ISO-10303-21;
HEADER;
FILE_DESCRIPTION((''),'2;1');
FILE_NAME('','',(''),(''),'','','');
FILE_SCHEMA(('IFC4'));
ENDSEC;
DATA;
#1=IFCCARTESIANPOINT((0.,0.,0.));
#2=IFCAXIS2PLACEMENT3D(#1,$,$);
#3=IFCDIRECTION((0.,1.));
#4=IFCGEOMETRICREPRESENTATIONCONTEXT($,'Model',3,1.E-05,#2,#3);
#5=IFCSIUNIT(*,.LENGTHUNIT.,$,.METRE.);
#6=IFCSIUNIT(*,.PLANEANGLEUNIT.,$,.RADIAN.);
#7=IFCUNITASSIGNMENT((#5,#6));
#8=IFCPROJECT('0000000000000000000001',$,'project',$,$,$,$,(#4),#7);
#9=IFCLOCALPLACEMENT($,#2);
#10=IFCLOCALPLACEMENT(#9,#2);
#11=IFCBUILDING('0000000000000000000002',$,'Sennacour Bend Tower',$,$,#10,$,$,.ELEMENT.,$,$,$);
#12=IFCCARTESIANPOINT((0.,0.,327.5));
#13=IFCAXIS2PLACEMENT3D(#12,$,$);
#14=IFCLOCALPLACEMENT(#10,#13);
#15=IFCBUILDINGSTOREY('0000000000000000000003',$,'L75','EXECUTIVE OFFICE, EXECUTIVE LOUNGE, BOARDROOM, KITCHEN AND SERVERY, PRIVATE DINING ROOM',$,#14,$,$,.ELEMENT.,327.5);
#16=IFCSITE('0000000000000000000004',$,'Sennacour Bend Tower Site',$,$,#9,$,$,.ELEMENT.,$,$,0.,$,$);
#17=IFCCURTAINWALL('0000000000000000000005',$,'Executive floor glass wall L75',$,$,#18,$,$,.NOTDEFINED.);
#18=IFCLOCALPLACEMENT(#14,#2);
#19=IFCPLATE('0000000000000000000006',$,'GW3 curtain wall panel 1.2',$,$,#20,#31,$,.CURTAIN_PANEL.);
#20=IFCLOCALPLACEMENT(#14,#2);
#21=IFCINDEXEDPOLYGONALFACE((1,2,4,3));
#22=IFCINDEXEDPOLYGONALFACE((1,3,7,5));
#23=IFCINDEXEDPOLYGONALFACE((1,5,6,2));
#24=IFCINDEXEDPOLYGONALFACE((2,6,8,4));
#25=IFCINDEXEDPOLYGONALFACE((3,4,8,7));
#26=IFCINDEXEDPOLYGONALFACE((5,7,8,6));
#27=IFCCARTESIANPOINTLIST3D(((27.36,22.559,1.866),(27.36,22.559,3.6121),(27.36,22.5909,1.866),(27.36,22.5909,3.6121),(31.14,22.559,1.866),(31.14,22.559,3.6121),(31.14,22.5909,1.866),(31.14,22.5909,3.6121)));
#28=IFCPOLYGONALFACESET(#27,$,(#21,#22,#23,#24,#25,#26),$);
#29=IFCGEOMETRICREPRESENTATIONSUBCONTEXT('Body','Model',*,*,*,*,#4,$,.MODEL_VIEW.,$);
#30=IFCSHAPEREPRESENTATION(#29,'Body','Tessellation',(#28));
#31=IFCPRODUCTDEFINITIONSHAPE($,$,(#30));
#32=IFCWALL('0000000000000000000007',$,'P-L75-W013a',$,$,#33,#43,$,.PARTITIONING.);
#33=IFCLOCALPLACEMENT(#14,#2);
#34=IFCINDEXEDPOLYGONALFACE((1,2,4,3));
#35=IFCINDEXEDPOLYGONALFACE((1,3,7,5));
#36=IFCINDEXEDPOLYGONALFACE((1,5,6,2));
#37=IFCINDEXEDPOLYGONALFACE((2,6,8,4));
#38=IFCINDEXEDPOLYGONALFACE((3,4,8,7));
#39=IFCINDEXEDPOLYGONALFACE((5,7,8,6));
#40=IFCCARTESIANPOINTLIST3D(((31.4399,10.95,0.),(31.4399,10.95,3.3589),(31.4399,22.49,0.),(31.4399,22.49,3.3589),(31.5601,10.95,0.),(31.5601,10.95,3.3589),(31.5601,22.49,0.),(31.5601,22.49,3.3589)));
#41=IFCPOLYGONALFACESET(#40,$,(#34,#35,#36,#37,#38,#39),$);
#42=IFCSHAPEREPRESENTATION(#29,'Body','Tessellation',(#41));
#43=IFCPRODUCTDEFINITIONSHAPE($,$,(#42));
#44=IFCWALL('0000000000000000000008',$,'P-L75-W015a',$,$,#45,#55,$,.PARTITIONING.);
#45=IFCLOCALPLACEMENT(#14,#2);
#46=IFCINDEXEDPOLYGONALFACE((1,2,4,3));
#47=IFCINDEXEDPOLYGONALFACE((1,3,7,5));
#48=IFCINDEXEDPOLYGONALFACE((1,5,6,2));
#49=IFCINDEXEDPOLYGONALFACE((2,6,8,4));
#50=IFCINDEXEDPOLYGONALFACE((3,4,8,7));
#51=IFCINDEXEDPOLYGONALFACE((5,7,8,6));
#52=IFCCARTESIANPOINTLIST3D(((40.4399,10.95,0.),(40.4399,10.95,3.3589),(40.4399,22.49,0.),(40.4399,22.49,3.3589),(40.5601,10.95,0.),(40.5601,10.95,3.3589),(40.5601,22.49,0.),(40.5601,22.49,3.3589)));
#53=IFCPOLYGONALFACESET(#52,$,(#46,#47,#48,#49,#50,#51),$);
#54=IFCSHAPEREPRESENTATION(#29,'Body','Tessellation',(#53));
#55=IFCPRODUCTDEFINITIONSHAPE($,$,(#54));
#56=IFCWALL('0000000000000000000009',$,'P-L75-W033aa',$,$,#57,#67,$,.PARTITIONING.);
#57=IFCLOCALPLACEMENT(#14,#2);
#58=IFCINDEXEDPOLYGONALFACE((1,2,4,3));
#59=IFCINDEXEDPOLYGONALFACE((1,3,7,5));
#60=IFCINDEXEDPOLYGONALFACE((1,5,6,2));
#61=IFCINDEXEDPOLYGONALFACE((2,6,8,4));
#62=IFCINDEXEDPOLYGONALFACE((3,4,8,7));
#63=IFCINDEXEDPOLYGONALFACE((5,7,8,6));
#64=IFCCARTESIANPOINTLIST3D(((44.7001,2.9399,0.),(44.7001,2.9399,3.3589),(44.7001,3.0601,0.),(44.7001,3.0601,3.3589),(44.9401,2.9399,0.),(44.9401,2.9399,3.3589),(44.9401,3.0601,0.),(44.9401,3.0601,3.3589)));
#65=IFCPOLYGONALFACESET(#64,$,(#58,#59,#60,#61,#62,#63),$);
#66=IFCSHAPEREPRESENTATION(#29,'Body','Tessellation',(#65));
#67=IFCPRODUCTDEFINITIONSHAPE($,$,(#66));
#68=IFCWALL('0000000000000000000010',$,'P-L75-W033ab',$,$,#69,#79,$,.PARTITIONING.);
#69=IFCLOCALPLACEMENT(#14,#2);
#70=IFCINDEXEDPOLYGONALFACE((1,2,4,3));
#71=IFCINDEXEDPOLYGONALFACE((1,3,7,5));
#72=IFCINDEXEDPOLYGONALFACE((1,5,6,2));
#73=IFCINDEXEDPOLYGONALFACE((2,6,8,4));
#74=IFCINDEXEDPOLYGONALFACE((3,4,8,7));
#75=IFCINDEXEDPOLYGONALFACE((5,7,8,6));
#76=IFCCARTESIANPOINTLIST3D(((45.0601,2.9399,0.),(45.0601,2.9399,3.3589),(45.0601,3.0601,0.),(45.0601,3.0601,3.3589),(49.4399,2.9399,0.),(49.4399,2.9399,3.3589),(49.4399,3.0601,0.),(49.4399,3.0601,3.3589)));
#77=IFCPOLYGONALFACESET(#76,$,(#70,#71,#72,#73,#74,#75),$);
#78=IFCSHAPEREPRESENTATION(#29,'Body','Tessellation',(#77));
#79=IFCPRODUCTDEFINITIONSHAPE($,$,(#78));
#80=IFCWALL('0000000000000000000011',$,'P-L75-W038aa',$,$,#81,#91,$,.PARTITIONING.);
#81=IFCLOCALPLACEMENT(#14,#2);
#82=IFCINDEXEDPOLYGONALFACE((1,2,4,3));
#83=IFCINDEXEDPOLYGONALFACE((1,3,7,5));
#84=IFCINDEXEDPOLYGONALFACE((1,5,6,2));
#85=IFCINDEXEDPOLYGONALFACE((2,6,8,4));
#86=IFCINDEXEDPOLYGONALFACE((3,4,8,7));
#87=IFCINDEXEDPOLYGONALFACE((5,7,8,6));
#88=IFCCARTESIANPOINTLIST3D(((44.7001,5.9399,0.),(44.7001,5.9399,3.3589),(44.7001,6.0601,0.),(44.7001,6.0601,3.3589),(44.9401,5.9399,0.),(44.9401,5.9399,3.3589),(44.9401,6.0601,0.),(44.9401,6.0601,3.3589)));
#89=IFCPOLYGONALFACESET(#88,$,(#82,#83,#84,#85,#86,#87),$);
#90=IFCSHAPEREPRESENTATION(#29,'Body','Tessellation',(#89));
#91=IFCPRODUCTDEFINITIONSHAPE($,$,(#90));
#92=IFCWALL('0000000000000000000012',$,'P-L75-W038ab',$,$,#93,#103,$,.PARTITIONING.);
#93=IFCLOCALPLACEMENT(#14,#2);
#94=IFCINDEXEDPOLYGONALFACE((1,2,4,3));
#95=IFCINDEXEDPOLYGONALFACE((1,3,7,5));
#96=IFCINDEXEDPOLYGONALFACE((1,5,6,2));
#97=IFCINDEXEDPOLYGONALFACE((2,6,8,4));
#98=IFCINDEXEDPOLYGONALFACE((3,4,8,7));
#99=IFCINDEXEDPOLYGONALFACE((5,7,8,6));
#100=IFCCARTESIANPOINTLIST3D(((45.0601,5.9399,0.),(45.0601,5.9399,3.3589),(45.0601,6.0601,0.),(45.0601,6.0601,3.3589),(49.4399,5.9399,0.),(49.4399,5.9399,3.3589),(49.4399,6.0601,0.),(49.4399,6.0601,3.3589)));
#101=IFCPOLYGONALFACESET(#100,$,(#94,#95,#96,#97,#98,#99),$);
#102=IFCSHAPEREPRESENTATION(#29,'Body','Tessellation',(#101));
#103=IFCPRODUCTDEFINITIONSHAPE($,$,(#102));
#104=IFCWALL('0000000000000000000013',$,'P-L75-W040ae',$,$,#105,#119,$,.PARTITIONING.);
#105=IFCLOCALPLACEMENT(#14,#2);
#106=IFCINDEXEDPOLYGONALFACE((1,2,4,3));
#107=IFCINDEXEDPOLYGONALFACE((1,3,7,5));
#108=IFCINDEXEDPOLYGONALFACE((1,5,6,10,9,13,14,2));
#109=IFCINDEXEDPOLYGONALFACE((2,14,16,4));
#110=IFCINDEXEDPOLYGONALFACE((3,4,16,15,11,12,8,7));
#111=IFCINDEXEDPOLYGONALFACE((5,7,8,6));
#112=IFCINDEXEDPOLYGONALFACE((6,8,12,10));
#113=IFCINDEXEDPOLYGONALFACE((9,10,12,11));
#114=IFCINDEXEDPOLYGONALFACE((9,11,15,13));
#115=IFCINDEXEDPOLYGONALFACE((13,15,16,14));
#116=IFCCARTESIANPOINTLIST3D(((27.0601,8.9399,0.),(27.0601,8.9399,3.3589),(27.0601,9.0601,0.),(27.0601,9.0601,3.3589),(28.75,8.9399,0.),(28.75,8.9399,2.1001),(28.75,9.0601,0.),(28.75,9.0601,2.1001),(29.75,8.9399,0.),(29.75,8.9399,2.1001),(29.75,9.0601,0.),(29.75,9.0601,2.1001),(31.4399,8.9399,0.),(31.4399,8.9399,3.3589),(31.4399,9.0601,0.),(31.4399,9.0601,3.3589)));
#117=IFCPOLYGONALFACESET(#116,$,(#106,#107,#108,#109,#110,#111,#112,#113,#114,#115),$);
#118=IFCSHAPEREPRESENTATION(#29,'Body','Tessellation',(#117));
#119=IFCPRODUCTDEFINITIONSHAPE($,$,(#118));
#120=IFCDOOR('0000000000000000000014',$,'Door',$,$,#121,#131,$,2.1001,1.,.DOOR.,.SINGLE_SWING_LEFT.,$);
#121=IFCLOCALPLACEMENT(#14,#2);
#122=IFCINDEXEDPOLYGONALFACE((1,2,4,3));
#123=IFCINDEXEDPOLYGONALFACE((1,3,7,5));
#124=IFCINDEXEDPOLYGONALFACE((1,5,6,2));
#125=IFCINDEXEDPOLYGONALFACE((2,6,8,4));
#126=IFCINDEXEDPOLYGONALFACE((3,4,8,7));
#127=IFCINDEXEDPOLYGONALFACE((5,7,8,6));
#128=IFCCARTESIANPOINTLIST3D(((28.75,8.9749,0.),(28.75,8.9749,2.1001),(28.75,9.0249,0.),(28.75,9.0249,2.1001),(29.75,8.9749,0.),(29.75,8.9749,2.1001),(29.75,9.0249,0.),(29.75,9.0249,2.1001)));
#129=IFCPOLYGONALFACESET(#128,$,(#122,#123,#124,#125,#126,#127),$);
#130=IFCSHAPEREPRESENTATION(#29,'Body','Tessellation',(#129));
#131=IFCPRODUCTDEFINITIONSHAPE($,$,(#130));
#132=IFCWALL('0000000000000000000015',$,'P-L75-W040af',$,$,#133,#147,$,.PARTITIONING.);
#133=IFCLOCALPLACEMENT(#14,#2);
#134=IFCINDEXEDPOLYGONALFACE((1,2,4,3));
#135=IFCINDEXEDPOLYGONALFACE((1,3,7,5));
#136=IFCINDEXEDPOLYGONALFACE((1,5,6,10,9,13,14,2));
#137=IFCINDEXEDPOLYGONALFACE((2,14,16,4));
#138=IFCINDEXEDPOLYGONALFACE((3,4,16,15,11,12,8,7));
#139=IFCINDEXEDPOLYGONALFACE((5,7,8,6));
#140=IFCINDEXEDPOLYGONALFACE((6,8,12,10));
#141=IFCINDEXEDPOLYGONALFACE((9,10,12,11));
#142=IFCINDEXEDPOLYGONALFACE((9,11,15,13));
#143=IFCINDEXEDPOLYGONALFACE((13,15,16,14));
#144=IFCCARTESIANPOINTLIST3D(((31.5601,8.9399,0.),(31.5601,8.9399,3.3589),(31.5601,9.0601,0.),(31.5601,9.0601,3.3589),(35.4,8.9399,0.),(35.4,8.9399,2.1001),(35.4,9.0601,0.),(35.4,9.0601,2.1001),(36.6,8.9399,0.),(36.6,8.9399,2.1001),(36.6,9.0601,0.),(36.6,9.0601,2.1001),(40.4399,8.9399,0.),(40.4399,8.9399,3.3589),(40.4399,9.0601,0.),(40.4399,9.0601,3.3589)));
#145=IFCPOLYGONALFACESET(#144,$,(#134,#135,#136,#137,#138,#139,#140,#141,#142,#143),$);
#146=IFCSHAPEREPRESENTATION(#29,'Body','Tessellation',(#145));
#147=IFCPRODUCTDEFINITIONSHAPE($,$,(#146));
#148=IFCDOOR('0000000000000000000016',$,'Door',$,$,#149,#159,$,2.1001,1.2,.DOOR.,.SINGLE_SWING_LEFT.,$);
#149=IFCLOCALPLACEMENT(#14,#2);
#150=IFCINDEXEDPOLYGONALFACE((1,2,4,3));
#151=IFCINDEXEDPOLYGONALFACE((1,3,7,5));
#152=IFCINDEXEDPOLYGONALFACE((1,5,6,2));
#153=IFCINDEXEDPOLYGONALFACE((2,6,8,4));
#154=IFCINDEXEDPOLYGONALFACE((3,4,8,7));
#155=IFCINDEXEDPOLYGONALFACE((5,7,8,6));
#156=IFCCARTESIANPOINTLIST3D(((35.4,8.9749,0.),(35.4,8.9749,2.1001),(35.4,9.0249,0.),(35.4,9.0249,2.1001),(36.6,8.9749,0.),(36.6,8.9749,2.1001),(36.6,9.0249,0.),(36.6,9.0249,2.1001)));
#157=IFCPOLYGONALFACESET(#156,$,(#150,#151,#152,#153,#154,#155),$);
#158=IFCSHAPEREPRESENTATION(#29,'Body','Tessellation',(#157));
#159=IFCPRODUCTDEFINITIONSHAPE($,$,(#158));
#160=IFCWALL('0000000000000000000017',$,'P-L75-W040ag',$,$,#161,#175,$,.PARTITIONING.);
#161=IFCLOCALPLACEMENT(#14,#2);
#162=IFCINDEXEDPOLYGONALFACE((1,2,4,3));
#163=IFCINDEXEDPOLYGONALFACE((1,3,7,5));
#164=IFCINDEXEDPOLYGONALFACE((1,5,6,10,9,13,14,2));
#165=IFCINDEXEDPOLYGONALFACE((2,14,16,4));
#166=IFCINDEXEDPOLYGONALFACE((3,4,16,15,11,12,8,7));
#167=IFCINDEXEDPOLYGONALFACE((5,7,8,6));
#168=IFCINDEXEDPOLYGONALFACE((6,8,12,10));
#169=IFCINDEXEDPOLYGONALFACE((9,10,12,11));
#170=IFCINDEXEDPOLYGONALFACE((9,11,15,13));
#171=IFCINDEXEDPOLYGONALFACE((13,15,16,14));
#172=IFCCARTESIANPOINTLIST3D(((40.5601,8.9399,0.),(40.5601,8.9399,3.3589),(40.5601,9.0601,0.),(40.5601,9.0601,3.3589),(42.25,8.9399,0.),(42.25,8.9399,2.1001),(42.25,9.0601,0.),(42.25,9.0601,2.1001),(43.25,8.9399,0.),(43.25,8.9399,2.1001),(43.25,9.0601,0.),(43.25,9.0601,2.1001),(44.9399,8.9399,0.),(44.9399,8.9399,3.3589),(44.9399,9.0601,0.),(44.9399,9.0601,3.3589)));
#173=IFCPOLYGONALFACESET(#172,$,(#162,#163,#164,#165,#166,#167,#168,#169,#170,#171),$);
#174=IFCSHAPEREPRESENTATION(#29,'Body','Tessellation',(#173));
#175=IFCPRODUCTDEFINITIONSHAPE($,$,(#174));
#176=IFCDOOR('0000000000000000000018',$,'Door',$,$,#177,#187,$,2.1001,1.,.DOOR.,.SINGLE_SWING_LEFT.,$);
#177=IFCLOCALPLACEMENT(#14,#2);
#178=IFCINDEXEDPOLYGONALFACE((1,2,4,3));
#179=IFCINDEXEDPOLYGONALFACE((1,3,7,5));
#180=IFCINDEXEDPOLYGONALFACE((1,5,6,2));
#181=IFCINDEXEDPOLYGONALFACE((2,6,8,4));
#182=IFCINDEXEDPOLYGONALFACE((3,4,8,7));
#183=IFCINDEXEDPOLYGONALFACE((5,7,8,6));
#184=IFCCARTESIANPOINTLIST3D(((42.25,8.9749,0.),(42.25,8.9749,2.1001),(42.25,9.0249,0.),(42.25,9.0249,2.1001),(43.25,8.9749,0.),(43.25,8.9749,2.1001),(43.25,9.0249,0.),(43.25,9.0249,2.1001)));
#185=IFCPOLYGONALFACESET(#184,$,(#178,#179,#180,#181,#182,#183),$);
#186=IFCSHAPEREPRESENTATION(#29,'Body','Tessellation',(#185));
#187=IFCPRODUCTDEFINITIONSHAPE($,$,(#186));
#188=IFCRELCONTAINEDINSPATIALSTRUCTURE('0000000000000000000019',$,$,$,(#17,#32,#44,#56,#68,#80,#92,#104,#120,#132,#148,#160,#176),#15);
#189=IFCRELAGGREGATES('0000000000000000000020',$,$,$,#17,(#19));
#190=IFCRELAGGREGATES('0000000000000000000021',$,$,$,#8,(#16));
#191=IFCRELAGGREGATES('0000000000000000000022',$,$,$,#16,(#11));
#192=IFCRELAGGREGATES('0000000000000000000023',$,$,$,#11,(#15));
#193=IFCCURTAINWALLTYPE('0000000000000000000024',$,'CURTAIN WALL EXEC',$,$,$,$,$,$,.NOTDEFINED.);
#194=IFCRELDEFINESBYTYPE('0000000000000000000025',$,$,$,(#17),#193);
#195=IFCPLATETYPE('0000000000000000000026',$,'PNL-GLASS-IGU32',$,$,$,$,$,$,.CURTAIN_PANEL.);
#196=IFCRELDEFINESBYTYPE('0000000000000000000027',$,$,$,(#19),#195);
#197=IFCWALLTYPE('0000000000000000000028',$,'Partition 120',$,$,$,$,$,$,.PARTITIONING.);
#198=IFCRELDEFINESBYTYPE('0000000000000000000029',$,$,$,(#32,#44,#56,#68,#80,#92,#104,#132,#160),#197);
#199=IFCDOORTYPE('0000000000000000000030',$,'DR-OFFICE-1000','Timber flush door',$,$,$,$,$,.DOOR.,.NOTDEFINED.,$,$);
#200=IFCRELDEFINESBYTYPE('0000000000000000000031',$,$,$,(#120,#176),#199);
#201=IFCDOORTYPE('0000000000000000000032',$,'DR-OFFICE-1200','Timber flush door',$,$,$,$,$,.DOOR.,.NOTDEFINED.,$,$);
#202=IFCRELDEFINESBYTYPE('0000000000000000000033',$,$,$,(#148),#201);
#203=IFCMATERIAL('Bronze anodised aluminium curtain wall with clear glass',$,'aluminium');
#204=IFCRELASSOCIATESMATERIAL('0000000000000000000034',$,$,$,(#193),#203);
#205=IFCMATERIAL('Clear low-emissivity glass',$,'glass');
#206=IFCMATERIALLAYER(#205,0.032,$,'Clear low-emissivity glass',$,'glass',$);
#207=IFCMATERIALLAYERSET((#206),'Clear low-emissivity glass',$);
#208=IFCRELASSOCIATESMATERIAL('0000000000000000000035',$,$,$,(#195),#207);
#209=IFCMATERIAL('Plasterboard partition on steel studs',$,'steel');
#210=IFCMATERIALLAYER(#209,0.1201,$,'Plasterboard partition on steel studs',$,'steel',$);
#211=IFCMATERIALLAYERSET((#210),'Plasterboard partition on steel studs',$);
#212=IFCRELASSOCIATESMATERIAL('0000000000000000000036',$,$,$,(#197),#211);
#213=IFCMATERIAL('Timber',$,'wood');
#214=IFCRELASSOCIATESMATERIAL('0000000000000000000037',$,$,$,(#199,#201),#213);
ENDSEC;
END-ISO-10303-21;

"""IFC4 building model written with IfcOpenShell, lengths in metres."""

from ifc_helpers import new_model, si_unit, direction, frame, frame_2d, origin, origin_2d, place, context, subcontext, project, spatial, rectangle, extrude, material, layer, layer_set, type_object, element, fill, aggregate, save


model = new_model("IFC4")

# Units and contexts
model_context = context("Model", 3, precision=1e-05, world=origin(), true_north=direction((0.0, 1.0)))
body_context = subcontext(model_context, "Body", "Model", "MODEL_VIEW")
ifc_project = project(units=[si_unit("LENGTHUNIT", "METRE"), si_unit("PLANEANGLEUNIT", "RADIAN")], contexts=[model_context])

# Site, building, storey
site_placement = place(None, origin())
site = spatial("IfcSite", under=ifc_project, at=site_placement, Name="Sennacour Bend Tower Site", CompositionType="ELEMENT", RefElevation=0.0)
building_placement = place(site_placement, origin())
building = spatial("IfcBuilding", under=site, at=building_placement, Name="Sennacour Bend Tower", CompositionType="ELEMENT")
storey_placement = place(building_placement, frame((0.0, 0.0, 327.5)))
storey = spatial("IfcBuildingStorey", under=building, at=storey_placement, Name="L75", Description="EXECUTIVE OFFICE, EXECUTIVE LOUNGE, BOARDROOM, KITCHEN AND SERVERY, PRIVATE DINING ROOM", CompositionType="ELEMENT", Elevation=327.5)

# Curtain wall
ifc_material_1 = material(Name="Bronze anodised aluminium curtain wall with clear glass", Category="aluminium")
curtain_wall_type = type_object("IfcCurtainWallType", Name="CURTAIN WALL EXEC", PredefinedType="NOTDEFINED", material=ifc_material_1)
curtain_wall_placement = place(storey_placement, origin())
curtain_wall = element("IfcCurtainWall", 1, at=curtain_wall_placement, inside=storey, type_object=curtain_wall_type, Name="Executive floor glass wall L75", PredefinedType="NOTDEFINED")

# Plate
ifc_material_2 = material(Name="Clear low-emissivity glass", Category="glass")
ifc_layer_1 = layer(ifc_material_2, 0.032, Name="Clear low-emissivity glass", Category="glass")
ifc_layer_set_1 = layer_set([ifc_layer_1], Name="Clear low-emissivity glass")
plate_type = type_object("IfcPlateType", Name="PNL-GLASS-IGU32", PredefinedType="CURTAIN_PANEL", material=ifc_layer_set_1)
plate_1_placement = place(storey_placement, frame((29.25, 22.575, 1.866), z_axis=(0.0, 0.0, 1.0), x_axis=(-1.0, 0.0, 0.0)))
plate_1 = element("IfcPlate", 2, at=plate_1_placement, type_object=plate_type, Name="GW3 curtain wall panel 1.2", PredefinedType="CURTAIN_PANEL", context=body_context, shape_type="SweptSolid", body=[
    extrude(rectangle(XDim=3.78, YDim=0.032, at=origin_2d()), origin(), (0.0, 0.0, 1.0), 1.7461),
])
aggregate(curtain_wall, [plate_1])

# Walls
ifc_material_3 = material(Name="Plasterboard partition on steel studs", Category="steel")
ifc_layer_2 = layer(ifc_material_3, 0.1201, Name="Plasterboard partition on steel studs", Category="steel")
ifc_layer_set_2 = layer_set([ifc_layer_2], Name="Plasterboard partition on steel studs")
wall_type_1 = type_object("IfcWallType", Name="Partition 120", PredefinedType="PARTITIONING", material=ifc_layer_set_2)
for number, where, z_axis, x_axis, name in (
    (3, (31.5, 10.95, 0.0), (0.0, 0.0, 1.0), (0.0, 1.0, 0.0), "P-L75-W013a"),
    (4, (40.5, 10.95, 0.0), (0.0, 0.0, 1.0), (0.0, 1.0, 0.0), "P-L75-W015a"),
):
    element("IfcWall", number, at=place(storey_placement, frame(where, z_axis=z_axis, x_axis=x_axis)), inside=storey, type_object=wall_type_1, Name=name, PredefinedType="PARTITIONING", context=body_context, shape_type="SweptSolid", body=[
        extrude(rectangle(XDim=11.54, YDim=0.1201, at=frame_2d((5.77, 0.0))), origin(), (0.0, 0.0, 1.0), 3.3589),
    ])
wall_1_placement = place(storey_placement, frame((44.7, 3.0, 0.0), z_axis=(0.0, 0.0, 1.0), x_axis=(1.0, 0.0, 0.0)))
element("IfcWall", 5, at=wall_1_placement, inside=storey, type_object=wall_type_1, Name="P-L75-W033aa", PredefinedType="PARTITIONING", context=body_context, shape_type="SweptSolid", body=[
    extrude(rectangle(XDim=0.24, YDim=0.1201, at=frame_2d((0.1201, 0.0))), origin(), (0.0, 0.0, 1.0), 3.3589),
])
wall_2_placement = place(storey_placement, frame((45.0601, 3.0, 0.0), z_axis=(0.0, 0.0, 1.0), x_axis=(1.0, 0.0, 0.0)))
element("IfcWall", 6, at=wall_2_placement, inside=storey, type_object=wall_type_1, Name="P-L75-W033ab", PredefinedType="PARTITIONING", context=body_context, shape_type="SweptSolid", body=[
    extrude(rectangle(XDim=4.3799, YDim=0.1201, at=frame_2d((2.1899, 0.0))), origin(), (0.0, 0.0, 1.0), 3.3589),
])
wall_3_placement = place(storey_placement, frame((44.7, 6.0, 0.0), z_axis=(0.0, 0.0, 1.0), x_axis=(1.0, 0.0, 0.0)))
element("IfcWall", 7, at=wall_3_placement, inside=storey, type_object=wall_type_1, Name="P-L75-W038aa", PredefinedType="PARTITIONING", context=body_context, shape_type="SweptSolid", body=[
    extrude(rectangle(XDim=0.24, YDim=0.1201, at=frame_2d((0.1201, 0.0))), origin(), (0.0, 0.0, 1.0), 3.3589),
])
wall_4_placement = place(storey_placement, frame((45.0601, 6.0, 0.0), z_axis=(0.0, 0.0, 1.0), x_axis=(1.0, 0.0, 0.0)))
element("IfcWall", 8, at=wall_4_placement, inside=storey, type_object=wall_type_1, Name="P-L75-W038ab", PredefinedType="PARTITIONING", context=body_context, shape_type="SweptSolid", body=[
    extrude(rectangle(XDim=4.3799, YDim=0.1201, at=frame_2d((2.1899, 0.0))), origin(), (0.0, 0.0, 1.0), 3.3589),
])

# Walls, openings, doors
wall_5_placement = place(storey_placement, frame((27.0601, 9.0, 0.0), z_axis=(0.0, 0.0, 1.0), x_axis=(1.0, 0.0, 0.0)))
wall_5 = element("IfcWall", 9, at=wall_5_placement, inside=storey, type_object=wall_type_1, Name="P-L75-W040ae", PredefinedType="PARTITIONING", context=body_context, shape_type="SweptSolid", body=[
    extrude(rectangle(XDim=4.3799, YDim=0.1201, at=frame_2d((2.1899, 0.0))), origin(), (0.0, 0.0, 1.0), 3.3589),
])
opening_1_placement = place(wall_5_placement, frame((1.6899, 0.0, 0.0)))
opening_1 = element("IfcOpeningElement", 10, at=opening_1_placement, cuts=wall_5, PredefinedType="OPENING", context=body_context, shape_type="SweptSolid", body=[
    extrude(rectangle(XDim=1.0, YDim=2.1001, at=frame_2d((0.5, 1.05))), frame((0.0, 0.0701, 0.0), z_axis=(0.0, -1.0, 0.0), x_axis=(1.0, 0.0, 0.0)), (0.0, 0.0, 1.0), 0.1401),
])
ifc_material_4 = material(Name="Timber", Category="wood")
door_type_1 = type_object("IfcDoorType", Name="DR-OFFICE-1000", Description="Timber flush door", OperationType="NOTDEFINED", PredefinedType="DOOR", material=ifc_material_4)
door_1_placement = place(opening_1_placement, origin())
door_1 = element("IfcDoor", 11, at=door_1_placement, inside=storey, type_object=door_type_1, Name="Door", OperationType="SINGLE_SWING_LEFT", OverallHeight=2.1001, OverallWidth=1.0, PredefinedType="DOOR", context=body_context, shape_type="SweptSolid", body=[
    extrude(rectangle(XDim=1.0, YDim=2.1001, at=frame_2d((0.5, 1.05))), frame((0.0, 0.0249, 0.0), z_axis=(0.0, -1.0, 0.0), x_axis=(1.0, 0.0, 0.0)), (0.0, 0.0, 1.0), 0.05),
])
fill(opening_1, door_1)
wall_6_placement = place(storey_placement, frame((31.5601, 9.0, 0.0), z_axis=(0.0, 0.0, 1.0), x_axis=(1.0, 0.0, 0.0)))
wall_6 = element("IfcWall", 12, at=wall_6_placement, inside=storey, type_object=wall_type_1, Name="P-L75-W040af", PredefinedType="PARTITIONING", context=body_context, shape_type="SweptSolid", body=[
    extrude(rectangle(XDim=8.8799, YDim=0.1201, at=frame_2d((4.4399, 0.0))), origin(), (0.0, 0.0, 1.0), 3.3589),
])
opening_2_placement = place(wall_6_placement, frame((3.8398, 0.0, 0.0)))
opening_2 = element("IfcOpeningElement", 13, at=opening_2_placement, cuts=wall_6, PredefinedType="OPENING", context=body_context, shape_type="SweptSolid", body=[
    extrude(rectangle(XDim=1.2, YDim=2.1001, at=frame_2d((0.6001, 1.05))), frame((0.0, 0.0701, 0.0), z_axis=(0.0, -1.0, 0.0), x_axis=(1.0, 0.0, 0.0)), (0.0, 0.0, 1.0), 0.1401),
])
door_type_2 = type_object("IfcDoorType", Name="DR-OFFICE-1200", Description="Timber flush door", OperationType="NOTDEFINED", PredefinedType="DOOR", material=ifc_material_4)
door_2_placement = place(opening_2_placement, origin())
door_2 = element("IfcDoor", 14, at=door_2_placement, inside=storey, type_object=door_type_2, Name="Door", OperationType="SINGLE_SWING_LEFT", OverallHeight=2.1001, OverallWidth=1.2, PredefinedType="DOOR", context=body_context, shape_type="SweptSolid", body=[
    extrude(rectangle(XDim=1.2, YDim=2.1001, at=frame_2d((0.6001, 1.05))), frame((0.0, 0.0249, 0.0), z_axis=(0.0, -1.0, 0.0), x_axis=(1.0, 0.0, 0.0)), (0.0, 0.0, 1.0), 0.05),
])
fill(opening_2, door_2)
wall_7_placement = place(storey_placement, frame((40.5601, 9.0, 0.0), z_axis=(0.0, 0.0, 1.0), x_axis=(1.0, 0.0, 0.0)))
wall_7 = element("IfcWall", 15, at=wall_7_placement, inside=storey, type_object=wall_type_1, Name="P-L75-W040ag", PredefinedType="PARTITIONING", context=body_context, shape_type="SweptSolid", body=[
    extrude(rectangle(XDim=4.3799, YDim=0.1201, at=frame_2d((2.1899, 0.0))), origin(), (0.0, 0.0, 1.0), 3.3589),
])
opening_3_placement = place(wall_7_placement, frame((1.6899, 0.0, 0.0)))
opening_3 = element("IfcOpeningElement", 16, at=opening_3_placement, cuts=wall_7, PredefinedType="OPENING", context=body_context, shape_type="SweptSolid", body=[
    extrude(rectangle(XDim=1.0, YDim=2.1001, at=frame_2d((0.5, 1.05))), frame((0.0, 0.0701, 0.0), z_axis=(0.0, -1.0, 0.0), x_axis=(1.0, 0.0, 0.0)), (0.0, 0.0, 1.0), 0.1401),
])
door_3_placement = place(opening_3_placement, origin())
door_3 = element("IfcDoor", 17, at=door_3_placement, inside=storey, type_object=door_type_1, Name="Door", OperationType="SINGLE_SWING_LEFT", OverallHeight=2.1001, OverallWidth=1.0, PredefinedType="DOOR", context=body_context, shape_type="SweptSolid", body=[
    extrude(rectangle(XDim=1.0, YDim=2.1001, at=frame_2d((0.5, 1.05))), frame((0.0, 0.0249, 0.0), z_axis=(0.0, -1.0, 0.0), x_axis=(1.0, 0.0, 0.0)), (0.0, 0.0, 1.0), 0.05),
])
fill(opening_3, door_3)

save(model, "model.ifc")
